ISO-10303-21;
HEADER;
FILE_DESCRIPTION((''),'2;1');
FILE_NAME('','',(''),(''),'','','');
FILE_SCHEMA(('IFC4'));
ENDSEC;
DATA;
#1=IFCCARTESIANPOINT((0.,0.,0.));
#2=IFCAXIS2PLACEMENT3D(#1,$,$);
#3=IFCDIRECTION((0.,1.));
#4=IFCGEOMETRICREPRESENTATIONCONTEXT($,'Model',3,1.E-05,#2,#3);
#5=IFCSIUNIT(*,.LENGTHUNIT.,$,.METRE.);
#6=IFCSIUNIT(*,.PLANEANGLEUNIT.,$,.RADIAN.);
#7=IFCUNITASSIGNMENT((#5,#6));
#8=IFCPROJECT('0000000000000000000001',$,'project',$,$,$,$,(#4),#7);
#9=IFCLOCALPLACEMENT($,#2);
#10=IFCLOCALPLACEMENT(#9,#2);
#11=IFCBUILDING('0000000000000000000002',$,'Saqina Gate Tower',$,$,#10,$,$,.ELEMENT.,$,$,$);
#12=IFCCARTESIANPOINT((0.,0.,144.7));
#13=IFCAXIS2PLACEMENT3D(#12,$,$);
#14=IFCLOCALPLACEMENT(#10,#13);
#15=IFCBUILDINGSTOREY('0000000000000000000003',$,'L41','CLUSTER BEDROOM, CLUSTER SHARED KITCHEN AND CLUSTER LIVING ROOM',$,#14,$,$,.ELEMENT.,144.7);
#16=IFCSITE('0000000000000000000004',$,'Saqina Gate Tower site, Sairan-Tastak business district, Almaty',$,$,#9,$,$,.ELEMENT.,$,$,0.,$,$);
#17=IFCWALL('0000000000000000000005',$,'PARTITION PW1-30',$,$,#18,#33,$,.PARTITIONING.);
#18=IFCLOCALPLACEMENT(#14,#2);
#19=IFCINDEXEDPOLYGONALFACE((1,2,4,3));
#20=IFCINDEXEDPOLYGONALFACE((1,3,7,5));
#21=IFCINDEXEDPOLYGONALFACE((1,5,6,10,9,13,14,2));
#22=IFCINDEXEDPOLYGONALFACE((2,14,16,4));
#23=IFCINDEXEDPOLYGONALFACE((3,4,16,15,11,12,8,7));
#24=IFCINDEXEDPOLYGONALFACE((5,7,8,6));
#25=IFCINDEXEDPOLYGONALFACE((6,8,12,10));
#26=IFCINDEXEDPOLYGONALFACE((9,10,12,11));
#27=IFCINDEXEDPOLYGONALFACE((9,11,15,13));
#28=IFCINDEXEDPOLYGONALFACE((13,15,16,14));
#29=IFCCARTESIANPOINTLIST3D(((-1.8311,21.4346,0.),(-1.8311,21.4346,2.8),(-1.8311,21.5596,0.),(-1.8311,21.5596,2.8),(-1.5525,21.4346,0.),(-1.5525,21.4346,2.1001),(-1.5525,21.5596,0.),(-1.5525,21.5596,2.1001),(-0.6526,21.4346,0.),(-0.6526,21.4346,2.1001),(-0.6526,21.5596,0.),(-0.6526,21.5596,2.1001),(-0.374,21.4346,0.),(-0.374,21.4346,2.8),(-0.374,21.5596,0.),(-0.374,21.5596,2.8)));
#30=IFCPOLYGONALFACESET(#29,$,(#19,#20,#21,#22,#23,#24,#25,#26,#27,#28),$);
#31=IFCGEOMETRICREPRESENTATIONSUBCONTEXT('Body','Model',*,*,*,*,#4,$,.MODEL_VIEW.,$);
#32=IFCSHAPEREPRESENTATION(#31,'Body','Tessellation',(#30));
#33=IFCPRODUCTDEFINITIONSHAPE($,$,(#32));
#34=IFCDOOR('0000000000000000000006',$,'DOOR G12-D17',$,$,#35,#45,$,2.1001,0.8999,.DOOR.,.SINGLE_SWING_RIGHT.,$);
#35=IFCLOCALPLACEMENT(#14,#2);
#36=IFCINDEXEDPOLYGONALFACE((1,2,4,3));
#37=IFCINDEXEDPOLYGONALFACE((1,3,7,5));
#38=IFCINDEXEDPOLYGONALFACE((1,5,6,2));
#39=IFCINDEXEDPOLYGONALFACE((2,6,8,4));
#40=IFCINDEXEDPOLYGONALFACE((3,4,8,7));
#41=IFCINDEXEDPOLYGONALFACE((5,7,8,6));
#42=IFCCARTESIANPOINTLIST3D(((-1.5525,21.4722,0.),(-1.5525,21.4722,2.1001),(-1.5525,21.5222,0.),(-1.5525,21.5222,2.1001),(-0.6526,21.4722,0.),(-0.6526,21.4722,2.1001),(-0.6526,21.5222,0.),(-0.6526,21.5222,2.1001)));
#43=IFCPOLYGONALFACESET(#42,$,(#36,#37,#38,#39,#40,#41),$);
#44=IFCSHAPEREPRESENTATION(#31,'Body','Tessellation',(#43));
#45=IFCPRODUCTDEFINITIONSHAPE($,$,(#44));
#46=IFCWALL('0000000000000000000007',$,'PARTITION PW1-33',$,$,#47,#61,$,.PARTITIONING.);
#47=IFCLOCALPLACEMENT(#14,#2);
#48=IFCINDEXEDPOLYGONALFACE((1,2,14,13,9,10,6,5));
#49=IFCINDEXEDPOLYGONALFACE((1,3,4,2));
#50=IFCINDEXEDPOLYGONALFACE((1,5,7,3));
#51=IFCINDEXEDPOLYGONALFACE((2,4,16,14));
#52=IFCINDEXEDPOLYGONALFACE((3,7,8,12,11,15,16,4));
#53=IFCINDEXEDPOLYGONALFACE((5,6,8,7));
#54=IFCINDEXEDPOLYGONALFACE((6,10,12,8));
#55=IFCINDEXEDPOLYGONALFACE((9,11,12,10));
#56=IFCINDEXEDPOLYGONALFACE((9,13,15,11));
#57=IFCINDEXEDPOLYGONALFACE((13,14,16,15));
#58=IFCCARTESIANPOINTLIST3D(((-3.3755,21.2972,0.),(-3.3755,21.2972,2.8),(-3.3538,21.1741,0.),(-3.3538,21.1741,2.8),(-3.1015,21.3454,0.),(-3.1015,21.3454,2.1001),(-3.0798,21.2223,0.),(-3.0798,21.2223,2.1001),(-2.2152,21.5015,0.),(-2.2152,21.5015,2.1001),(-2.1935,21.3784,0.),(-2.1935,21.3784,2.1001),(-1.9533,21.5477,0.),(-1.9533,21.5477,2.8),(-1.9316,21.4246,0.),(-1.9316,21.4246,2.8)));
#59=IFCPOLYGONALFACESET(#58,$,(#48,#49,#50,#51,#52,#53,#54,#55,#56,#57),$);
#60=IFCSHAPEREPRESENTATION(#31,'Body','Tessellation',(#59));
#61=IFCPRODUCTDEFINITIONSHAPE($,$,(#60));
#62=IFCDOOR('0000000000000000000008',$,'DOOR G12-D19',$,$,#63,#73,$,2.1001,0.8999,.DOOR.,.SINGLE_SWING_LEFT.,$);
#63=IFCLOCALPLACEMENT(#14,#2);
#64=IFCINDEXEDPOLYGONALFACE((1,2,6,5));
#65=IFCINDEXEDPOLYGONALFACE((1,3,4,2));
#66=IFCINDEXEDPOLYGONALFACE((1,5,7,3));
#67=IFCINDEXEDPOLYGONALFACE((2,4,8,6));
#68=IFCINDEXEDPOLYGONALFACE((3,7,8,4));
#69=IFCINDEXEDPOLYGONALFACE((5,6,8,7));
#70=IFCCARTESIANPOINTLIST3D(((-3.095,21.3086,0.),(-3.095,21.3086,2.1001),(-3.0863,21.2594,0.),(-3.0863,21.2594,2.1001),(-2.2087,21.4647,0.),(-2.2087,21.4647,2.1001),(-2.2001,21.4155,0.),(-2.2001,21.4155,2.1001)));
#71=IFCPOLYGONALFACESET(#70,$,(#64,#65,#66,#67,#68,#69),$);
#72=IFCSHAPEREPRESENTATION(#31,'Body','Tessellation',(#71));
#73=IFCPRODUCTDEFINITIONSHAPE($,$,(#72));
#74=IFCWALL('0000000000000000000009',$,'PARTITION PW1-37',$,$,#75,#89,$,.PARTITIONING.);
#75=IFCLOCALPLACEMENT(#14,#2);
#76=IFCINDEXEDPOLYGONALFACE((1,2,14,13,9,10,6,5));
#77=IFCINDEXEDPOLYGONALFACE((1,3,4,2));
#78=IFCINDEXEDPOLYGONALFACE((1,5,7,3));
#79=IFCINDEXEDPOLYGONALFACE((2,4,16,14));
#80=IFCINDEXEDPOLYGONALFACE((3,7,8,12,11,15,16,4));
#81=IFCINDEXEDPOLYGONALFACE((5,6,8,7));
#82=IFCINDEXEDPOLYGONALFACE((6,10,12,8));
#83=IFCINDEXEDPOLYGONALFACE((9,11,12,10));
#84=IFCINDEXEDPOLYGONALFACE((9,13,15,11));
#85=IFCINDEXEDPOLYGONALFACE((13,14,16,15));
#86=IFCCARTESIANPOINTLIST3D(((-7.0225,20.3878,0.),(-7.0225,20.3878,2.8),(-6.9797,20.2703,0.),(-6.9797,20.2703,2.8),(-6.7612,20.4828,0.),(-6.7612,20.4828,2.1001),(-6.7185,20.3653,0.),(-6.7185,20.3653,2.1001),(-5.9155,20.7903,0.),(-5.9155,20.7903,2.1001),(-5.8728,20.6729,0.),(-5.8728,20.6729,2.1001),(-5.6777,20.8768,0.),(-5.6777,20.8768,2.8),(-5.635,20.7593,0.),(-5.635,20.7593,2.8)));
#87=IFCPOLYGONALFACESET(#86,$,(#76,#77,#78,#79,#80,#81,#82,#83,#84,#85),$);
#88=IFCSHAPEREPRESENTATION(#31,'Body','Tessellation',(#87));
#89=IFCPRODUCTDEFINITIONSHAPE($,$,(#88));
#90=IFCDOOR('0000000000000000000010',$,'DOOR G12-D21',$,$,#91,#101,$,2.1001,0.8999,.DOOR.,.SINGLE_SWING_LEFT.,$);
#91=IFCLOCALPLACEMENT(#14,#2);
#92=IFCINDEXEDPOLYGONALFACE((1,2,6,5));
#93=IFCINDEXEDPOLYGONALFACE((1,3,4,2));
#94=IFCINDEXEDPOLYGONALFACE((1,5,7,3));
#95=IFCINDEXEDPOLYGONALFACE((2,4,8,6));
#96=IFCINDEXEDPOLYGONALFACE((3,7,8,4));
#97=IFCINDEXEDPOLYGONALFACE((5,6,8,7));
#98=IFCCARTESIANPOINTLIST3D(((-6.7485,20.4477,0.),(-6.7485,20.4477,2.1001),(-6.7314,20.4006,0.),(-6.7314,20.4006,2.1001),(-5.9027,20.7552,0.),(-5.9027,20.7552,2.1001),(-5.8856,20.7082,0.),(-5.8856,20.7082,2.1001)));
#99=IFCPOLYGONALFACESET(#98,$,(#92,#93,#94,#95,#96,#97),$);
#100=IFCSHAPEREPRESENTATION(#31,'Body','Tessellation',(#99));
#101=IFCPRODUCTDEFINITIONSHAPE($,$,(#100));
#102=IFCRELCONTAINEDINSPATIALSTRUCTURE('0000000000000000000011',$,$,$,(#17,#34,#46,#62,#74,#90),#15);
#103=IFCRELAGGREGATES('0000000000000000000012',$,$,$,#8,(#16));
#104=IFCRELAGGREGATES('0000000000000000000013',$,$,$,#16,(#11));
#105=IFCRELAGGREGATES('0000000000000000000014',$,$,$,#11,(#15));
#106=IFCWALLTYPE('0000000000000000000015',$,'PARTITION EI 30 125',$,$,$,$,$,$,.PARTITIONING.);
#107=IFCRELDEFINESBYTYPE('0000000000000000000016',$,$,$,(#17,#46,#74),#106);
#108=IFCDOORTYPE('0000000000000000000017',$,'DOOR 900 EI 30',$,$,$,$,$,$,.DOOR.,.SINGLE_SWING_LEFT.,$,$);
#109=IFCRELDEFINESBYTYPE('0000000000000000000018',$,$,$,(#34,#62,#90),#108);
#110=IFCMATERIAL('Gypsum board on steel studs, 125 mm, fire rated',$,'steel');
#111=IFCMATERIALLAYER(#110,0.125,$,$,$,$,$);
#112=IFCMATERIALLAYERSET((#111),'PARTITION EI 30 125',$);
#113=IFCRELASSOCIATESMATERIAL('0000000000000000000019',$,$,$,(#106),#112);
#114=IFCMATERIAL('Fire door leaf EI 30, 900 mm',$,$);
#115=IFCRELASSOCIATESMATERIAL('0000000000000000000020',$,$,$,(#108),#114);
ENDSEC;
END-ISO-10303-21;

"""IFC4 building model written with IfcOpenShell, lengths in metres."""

from ifc_helpers import new_model, si_unit, direction, frame, frame_2d, origin, place, context, subcontext, project, spatial, rectangle, extrude, material, layer, layer_set, type_object, element, fill, save


model = new_model("IFC4")

# Units and contexts
model_context = context("Model", 3, precision=1e-05, world=origin(), true_north=direction((0.0, 1.0)))
body_context = subcontext(model_context, "Body", "Model", "MODEL_VIEW")
ifc_project = project(units=[si_unit("LENGTHUNIT", "METRE"), si_unit("PLANEANGLEUNIT", "RADIAN")], contexts=[model_context])

# Site, building, storey
site_placement = place(None, origin())
site = spatial("IfcSite", under=ifc_project, at=site_placement, Name="Saqina Gate Tower site, Sairan-Tastak business district, Almaty", CompositionType="ELEMENT", RefElevation=0.0)
building_placement = place(site_placement, origin())
building = spatial("IfcBuilding", under=site, at=building_placement, Name="Saqina Gate Tower", CompositionType="ELEMENT")
storey_placement = place(building_placement, frame((0.0, 0.0, 144.7)))
storey = spatial("IfcBuildingStorey", under=building, at=storey_placement, Name="L41", Description="CLUSTER BEDROOM, CLUSTER SHARED KITCHEN AND CLUSTER LIVING ROOM", CompositionType="ELEMENT", Elevation=144.7)

# Shared definitions
ifc_material_1 = material(Name="Gypsum board on steel studs, 125 mm, fire rated", Category="steel")
ifc_layer_1 = layer(ifc_material_1, 0.125)
ifc_layer_set_1 = layer_set([ifc_layer_1], Name="PARTITION EI 30 125")
wall_type_1 = type_object("IfcWallType", Name="PARTITION EI 30 125", PredefinedType="PARTITIONING", material=ifc_layer_set_1)

# Walls, openings, doors
wall_1_placement = place(storey_placement, frame((-1.8311, 21.4971, 0.0), z_axis=(0.0, 0.0, 1.0), x_axis=(1.0, 0.0, 0.0)))
wall_1 = element("IfcWall", 1, at=wall_1_placement, inside=storey, type_object=wall_type_1, Name="PARTITION PW1-30", PredefinedType="PARTITIONING", context=body_context, shape_type="SweptSolid", body=[
    extrude(rectangle(XDim=1.457, YDim=0.125, at=frame_2d((0.7285, 0.0))), origin(), (0.0, 0.0, 1.0), 2.8),
])
opening_1_placement = place(wall_1_placement, frame((0.2786, 0.0, 0.0)))
opening_1 = element("IfcOpeningElement", 2, at=opening_1_placement, cuts=wall_1, PredefinedType="OPENING", context=body_context, shape_type="SweptSolid", body=[
    extrude(rectangle(XDim=0.8999, YDim=2.1001, at=frame_2d((0.45, 1.05))), frame((0.0, 0.0745, 0.0), z_axis=(0.0, -1.0, 0.0), x_axis=(1.0, 0.0, 0.0)), (0.0, 0.0, 1.0), 0.1489),
])
ifc_material_2 = material(Name="Fire door leaf EI 30, 900 mm")
door_type_1 = type_object("IfcDoorType", Name="DOOR 900 EI 30", OperationType="SINGLE_SWING_LEFT", PredefinedType="DOOR", material=ifc_material_2)
door_1_placement = place(opening_1_placement, frame((0.8999, 0.0, 0.0), z_axis=(0.0, 0.0, 1.0), x_axis=(-1.0, 0.0, 0.0)))
door_1 = element("IfcDoor", 3, at=door_1_placement, inside=storey, type_object=door_type_1, Name="DOOR G12-D17", OperationType="SINGLE_SWING_RIGHT", OverallHeight=2.1001, OverallWidth=0.8999, PredefinedType="DOOR", context=body_context, shape_type="SweptSolid", body=[
    extrude(rectangle(XDim=0.8999, YDim=2.1001, at=frame_2d((0.45, 1.05))), frame((0.0, 0.0249, 0.0), z_axis=(0.0, -1.0, 0.0), x_axis=(1.0, 0.0, 0.0)), (0.0, 0.0, 1.0), 0.05),
])
fill(opening_1, door_1)
wall_2_placement = place(storey_placement, frame((-3.3647, 21.2356, 0.0), z_axis=(0.0, 0.0, 1.0), x_axis=(0.98484, 0.173467, 0.0)))
wall_2 = element("IfcWall", 4, at=wall_2_placement, inside=storey, type_object=wall_type_1, Name="PARTITION PW1-33", PredefinedType="PARTITIONING", context=body_context, shape_type="SweptSolid", body=[
    extrude(rectangle(XDim=1.4441, YDim=0.125, at=frame_2d((0.7222, 0.0))), origin(), (0.0, 0.0, 1.0), 2.8),
])
opening_2_placement = place(wall_2_placement, frame((0.2783, 0.0, 0.0)))
opening_2 = element("IfcOpeningElement", 5, at=opening_2_placement, cuts=wall_2, PredefinedType="OPENING", context=body_context, shape_type="SweptSolid", body=[
    extrude(rectangle(XDim=0.8999, YDim=2.1001, at=frame_2d((0.45, 1.05))), frame((0.0, 0.0745, 0.0), z_axis=(0.0, -1.0, 0.0), x_axis=(1.0, 0.0, 0.0)), (0.0, 0.0, 1.0), 0.1489),
])
door_2_placement = place(opening_2_placement, frame((0.8999, 0.0, 0.0), z_axis=(0.0, 0.0, 1.0), x_axis=(-1.0, 0.0, 0.0)))
door_2 = element("IfcDoor", 6, at=door_2_placement, inside=storey, type_object=door_type_1, Name="DOOR G12-D19", OperationType="SINGLE_SWING_LEFT", OverallHeight=2.1001, OverallWidth=0.8999, PredefinedType="DOOR", context=body_context, shape_type="SweptSolid", body=[
    extrude(rectangle(XDim=0.8999, YDim=2.1001, at=frame_2d((0.45, 1.05))), frame((0.0, 0.0249, 0.0), z_axis=(0.0, -1.0, 0.0), x_axis=(1.0, 0.0, 0.0)), (0.0, 0.0, 1.0), 0.05),
])
fill(opening_2, door_2)
wall_3_placement = place(storey_placement, frame((-7.001, 20.3291, 0.0), z_axis=(0.0, 0.0, 1.0), x_axis=(0.939788, 0.341757, 0.0)))
wall_3 = element("IfcWall", 7, at=wall_3_placement, inside=storey, type_object=wall_type_1, Name="PARTITION PW1-37", PredefinedType="PARTITIONING", context=body_context, shape_type="SweptSolid", body=[
    extrude(rectangle(XDim=1.4309, YDim=0.125, at=frame_2d((0.7153, 0.0))), origin(), (0.0, 0.0, 1.0), 2.8),
])
opening_3_placement = place(wall_3_placement, frame((0.2778, 0.0, 0.0)))
opening_3 = element("IfcOpeningElement", 8, at=opening_3_placement, cuts=wall_3, PredefinedType="OPENING", context=body_context, shape_type="SweptSolid", body=[
    extrude(rectangle(XDim=0.8999, YDim=2.1001, at=frame_2d((0.45, 1.05))), frame((0.0, 0.0745, 0.0), z_axis=(0.0, -1.0, 0.0), x_axis=(1.0, 0.0, 0.0)), (0.0, 0.0, 1.0), 0.1489),
])
door_3_placement = place(opening_3_placement, frame((0.8999, 0.0, 0.0), z_axis=(0.0, 0.0, 1.0), x_axis=(-1.0, 0.0, 0.0)))
door_3 = element("IfcDoor", 9, at=door_3_placement, inside=storey, type_object=door_type_1, Name="DOOR G12-D21", OperationType="SINGLE_SWING_LEFT", OverallHeight=2.1001, OverallWidth=0.8999, PredefinedType="DOOR", context=body_context, shape_type="SweptSolid", body=[
    extrude(rectangle(XDim=0.8999, YDim=2.1001, at=frame_2d((0.45, 1.05))), frame((0.0, 0.0249, 0.0), z_axis=(0.0, -1.0, 0.0), x_axis=(1.0, 0.0, 0.0)), (0.0, 0.0, 1.0), 0.05),
])
fill(opening_3, door_3)

save(model, "model.ifc")
